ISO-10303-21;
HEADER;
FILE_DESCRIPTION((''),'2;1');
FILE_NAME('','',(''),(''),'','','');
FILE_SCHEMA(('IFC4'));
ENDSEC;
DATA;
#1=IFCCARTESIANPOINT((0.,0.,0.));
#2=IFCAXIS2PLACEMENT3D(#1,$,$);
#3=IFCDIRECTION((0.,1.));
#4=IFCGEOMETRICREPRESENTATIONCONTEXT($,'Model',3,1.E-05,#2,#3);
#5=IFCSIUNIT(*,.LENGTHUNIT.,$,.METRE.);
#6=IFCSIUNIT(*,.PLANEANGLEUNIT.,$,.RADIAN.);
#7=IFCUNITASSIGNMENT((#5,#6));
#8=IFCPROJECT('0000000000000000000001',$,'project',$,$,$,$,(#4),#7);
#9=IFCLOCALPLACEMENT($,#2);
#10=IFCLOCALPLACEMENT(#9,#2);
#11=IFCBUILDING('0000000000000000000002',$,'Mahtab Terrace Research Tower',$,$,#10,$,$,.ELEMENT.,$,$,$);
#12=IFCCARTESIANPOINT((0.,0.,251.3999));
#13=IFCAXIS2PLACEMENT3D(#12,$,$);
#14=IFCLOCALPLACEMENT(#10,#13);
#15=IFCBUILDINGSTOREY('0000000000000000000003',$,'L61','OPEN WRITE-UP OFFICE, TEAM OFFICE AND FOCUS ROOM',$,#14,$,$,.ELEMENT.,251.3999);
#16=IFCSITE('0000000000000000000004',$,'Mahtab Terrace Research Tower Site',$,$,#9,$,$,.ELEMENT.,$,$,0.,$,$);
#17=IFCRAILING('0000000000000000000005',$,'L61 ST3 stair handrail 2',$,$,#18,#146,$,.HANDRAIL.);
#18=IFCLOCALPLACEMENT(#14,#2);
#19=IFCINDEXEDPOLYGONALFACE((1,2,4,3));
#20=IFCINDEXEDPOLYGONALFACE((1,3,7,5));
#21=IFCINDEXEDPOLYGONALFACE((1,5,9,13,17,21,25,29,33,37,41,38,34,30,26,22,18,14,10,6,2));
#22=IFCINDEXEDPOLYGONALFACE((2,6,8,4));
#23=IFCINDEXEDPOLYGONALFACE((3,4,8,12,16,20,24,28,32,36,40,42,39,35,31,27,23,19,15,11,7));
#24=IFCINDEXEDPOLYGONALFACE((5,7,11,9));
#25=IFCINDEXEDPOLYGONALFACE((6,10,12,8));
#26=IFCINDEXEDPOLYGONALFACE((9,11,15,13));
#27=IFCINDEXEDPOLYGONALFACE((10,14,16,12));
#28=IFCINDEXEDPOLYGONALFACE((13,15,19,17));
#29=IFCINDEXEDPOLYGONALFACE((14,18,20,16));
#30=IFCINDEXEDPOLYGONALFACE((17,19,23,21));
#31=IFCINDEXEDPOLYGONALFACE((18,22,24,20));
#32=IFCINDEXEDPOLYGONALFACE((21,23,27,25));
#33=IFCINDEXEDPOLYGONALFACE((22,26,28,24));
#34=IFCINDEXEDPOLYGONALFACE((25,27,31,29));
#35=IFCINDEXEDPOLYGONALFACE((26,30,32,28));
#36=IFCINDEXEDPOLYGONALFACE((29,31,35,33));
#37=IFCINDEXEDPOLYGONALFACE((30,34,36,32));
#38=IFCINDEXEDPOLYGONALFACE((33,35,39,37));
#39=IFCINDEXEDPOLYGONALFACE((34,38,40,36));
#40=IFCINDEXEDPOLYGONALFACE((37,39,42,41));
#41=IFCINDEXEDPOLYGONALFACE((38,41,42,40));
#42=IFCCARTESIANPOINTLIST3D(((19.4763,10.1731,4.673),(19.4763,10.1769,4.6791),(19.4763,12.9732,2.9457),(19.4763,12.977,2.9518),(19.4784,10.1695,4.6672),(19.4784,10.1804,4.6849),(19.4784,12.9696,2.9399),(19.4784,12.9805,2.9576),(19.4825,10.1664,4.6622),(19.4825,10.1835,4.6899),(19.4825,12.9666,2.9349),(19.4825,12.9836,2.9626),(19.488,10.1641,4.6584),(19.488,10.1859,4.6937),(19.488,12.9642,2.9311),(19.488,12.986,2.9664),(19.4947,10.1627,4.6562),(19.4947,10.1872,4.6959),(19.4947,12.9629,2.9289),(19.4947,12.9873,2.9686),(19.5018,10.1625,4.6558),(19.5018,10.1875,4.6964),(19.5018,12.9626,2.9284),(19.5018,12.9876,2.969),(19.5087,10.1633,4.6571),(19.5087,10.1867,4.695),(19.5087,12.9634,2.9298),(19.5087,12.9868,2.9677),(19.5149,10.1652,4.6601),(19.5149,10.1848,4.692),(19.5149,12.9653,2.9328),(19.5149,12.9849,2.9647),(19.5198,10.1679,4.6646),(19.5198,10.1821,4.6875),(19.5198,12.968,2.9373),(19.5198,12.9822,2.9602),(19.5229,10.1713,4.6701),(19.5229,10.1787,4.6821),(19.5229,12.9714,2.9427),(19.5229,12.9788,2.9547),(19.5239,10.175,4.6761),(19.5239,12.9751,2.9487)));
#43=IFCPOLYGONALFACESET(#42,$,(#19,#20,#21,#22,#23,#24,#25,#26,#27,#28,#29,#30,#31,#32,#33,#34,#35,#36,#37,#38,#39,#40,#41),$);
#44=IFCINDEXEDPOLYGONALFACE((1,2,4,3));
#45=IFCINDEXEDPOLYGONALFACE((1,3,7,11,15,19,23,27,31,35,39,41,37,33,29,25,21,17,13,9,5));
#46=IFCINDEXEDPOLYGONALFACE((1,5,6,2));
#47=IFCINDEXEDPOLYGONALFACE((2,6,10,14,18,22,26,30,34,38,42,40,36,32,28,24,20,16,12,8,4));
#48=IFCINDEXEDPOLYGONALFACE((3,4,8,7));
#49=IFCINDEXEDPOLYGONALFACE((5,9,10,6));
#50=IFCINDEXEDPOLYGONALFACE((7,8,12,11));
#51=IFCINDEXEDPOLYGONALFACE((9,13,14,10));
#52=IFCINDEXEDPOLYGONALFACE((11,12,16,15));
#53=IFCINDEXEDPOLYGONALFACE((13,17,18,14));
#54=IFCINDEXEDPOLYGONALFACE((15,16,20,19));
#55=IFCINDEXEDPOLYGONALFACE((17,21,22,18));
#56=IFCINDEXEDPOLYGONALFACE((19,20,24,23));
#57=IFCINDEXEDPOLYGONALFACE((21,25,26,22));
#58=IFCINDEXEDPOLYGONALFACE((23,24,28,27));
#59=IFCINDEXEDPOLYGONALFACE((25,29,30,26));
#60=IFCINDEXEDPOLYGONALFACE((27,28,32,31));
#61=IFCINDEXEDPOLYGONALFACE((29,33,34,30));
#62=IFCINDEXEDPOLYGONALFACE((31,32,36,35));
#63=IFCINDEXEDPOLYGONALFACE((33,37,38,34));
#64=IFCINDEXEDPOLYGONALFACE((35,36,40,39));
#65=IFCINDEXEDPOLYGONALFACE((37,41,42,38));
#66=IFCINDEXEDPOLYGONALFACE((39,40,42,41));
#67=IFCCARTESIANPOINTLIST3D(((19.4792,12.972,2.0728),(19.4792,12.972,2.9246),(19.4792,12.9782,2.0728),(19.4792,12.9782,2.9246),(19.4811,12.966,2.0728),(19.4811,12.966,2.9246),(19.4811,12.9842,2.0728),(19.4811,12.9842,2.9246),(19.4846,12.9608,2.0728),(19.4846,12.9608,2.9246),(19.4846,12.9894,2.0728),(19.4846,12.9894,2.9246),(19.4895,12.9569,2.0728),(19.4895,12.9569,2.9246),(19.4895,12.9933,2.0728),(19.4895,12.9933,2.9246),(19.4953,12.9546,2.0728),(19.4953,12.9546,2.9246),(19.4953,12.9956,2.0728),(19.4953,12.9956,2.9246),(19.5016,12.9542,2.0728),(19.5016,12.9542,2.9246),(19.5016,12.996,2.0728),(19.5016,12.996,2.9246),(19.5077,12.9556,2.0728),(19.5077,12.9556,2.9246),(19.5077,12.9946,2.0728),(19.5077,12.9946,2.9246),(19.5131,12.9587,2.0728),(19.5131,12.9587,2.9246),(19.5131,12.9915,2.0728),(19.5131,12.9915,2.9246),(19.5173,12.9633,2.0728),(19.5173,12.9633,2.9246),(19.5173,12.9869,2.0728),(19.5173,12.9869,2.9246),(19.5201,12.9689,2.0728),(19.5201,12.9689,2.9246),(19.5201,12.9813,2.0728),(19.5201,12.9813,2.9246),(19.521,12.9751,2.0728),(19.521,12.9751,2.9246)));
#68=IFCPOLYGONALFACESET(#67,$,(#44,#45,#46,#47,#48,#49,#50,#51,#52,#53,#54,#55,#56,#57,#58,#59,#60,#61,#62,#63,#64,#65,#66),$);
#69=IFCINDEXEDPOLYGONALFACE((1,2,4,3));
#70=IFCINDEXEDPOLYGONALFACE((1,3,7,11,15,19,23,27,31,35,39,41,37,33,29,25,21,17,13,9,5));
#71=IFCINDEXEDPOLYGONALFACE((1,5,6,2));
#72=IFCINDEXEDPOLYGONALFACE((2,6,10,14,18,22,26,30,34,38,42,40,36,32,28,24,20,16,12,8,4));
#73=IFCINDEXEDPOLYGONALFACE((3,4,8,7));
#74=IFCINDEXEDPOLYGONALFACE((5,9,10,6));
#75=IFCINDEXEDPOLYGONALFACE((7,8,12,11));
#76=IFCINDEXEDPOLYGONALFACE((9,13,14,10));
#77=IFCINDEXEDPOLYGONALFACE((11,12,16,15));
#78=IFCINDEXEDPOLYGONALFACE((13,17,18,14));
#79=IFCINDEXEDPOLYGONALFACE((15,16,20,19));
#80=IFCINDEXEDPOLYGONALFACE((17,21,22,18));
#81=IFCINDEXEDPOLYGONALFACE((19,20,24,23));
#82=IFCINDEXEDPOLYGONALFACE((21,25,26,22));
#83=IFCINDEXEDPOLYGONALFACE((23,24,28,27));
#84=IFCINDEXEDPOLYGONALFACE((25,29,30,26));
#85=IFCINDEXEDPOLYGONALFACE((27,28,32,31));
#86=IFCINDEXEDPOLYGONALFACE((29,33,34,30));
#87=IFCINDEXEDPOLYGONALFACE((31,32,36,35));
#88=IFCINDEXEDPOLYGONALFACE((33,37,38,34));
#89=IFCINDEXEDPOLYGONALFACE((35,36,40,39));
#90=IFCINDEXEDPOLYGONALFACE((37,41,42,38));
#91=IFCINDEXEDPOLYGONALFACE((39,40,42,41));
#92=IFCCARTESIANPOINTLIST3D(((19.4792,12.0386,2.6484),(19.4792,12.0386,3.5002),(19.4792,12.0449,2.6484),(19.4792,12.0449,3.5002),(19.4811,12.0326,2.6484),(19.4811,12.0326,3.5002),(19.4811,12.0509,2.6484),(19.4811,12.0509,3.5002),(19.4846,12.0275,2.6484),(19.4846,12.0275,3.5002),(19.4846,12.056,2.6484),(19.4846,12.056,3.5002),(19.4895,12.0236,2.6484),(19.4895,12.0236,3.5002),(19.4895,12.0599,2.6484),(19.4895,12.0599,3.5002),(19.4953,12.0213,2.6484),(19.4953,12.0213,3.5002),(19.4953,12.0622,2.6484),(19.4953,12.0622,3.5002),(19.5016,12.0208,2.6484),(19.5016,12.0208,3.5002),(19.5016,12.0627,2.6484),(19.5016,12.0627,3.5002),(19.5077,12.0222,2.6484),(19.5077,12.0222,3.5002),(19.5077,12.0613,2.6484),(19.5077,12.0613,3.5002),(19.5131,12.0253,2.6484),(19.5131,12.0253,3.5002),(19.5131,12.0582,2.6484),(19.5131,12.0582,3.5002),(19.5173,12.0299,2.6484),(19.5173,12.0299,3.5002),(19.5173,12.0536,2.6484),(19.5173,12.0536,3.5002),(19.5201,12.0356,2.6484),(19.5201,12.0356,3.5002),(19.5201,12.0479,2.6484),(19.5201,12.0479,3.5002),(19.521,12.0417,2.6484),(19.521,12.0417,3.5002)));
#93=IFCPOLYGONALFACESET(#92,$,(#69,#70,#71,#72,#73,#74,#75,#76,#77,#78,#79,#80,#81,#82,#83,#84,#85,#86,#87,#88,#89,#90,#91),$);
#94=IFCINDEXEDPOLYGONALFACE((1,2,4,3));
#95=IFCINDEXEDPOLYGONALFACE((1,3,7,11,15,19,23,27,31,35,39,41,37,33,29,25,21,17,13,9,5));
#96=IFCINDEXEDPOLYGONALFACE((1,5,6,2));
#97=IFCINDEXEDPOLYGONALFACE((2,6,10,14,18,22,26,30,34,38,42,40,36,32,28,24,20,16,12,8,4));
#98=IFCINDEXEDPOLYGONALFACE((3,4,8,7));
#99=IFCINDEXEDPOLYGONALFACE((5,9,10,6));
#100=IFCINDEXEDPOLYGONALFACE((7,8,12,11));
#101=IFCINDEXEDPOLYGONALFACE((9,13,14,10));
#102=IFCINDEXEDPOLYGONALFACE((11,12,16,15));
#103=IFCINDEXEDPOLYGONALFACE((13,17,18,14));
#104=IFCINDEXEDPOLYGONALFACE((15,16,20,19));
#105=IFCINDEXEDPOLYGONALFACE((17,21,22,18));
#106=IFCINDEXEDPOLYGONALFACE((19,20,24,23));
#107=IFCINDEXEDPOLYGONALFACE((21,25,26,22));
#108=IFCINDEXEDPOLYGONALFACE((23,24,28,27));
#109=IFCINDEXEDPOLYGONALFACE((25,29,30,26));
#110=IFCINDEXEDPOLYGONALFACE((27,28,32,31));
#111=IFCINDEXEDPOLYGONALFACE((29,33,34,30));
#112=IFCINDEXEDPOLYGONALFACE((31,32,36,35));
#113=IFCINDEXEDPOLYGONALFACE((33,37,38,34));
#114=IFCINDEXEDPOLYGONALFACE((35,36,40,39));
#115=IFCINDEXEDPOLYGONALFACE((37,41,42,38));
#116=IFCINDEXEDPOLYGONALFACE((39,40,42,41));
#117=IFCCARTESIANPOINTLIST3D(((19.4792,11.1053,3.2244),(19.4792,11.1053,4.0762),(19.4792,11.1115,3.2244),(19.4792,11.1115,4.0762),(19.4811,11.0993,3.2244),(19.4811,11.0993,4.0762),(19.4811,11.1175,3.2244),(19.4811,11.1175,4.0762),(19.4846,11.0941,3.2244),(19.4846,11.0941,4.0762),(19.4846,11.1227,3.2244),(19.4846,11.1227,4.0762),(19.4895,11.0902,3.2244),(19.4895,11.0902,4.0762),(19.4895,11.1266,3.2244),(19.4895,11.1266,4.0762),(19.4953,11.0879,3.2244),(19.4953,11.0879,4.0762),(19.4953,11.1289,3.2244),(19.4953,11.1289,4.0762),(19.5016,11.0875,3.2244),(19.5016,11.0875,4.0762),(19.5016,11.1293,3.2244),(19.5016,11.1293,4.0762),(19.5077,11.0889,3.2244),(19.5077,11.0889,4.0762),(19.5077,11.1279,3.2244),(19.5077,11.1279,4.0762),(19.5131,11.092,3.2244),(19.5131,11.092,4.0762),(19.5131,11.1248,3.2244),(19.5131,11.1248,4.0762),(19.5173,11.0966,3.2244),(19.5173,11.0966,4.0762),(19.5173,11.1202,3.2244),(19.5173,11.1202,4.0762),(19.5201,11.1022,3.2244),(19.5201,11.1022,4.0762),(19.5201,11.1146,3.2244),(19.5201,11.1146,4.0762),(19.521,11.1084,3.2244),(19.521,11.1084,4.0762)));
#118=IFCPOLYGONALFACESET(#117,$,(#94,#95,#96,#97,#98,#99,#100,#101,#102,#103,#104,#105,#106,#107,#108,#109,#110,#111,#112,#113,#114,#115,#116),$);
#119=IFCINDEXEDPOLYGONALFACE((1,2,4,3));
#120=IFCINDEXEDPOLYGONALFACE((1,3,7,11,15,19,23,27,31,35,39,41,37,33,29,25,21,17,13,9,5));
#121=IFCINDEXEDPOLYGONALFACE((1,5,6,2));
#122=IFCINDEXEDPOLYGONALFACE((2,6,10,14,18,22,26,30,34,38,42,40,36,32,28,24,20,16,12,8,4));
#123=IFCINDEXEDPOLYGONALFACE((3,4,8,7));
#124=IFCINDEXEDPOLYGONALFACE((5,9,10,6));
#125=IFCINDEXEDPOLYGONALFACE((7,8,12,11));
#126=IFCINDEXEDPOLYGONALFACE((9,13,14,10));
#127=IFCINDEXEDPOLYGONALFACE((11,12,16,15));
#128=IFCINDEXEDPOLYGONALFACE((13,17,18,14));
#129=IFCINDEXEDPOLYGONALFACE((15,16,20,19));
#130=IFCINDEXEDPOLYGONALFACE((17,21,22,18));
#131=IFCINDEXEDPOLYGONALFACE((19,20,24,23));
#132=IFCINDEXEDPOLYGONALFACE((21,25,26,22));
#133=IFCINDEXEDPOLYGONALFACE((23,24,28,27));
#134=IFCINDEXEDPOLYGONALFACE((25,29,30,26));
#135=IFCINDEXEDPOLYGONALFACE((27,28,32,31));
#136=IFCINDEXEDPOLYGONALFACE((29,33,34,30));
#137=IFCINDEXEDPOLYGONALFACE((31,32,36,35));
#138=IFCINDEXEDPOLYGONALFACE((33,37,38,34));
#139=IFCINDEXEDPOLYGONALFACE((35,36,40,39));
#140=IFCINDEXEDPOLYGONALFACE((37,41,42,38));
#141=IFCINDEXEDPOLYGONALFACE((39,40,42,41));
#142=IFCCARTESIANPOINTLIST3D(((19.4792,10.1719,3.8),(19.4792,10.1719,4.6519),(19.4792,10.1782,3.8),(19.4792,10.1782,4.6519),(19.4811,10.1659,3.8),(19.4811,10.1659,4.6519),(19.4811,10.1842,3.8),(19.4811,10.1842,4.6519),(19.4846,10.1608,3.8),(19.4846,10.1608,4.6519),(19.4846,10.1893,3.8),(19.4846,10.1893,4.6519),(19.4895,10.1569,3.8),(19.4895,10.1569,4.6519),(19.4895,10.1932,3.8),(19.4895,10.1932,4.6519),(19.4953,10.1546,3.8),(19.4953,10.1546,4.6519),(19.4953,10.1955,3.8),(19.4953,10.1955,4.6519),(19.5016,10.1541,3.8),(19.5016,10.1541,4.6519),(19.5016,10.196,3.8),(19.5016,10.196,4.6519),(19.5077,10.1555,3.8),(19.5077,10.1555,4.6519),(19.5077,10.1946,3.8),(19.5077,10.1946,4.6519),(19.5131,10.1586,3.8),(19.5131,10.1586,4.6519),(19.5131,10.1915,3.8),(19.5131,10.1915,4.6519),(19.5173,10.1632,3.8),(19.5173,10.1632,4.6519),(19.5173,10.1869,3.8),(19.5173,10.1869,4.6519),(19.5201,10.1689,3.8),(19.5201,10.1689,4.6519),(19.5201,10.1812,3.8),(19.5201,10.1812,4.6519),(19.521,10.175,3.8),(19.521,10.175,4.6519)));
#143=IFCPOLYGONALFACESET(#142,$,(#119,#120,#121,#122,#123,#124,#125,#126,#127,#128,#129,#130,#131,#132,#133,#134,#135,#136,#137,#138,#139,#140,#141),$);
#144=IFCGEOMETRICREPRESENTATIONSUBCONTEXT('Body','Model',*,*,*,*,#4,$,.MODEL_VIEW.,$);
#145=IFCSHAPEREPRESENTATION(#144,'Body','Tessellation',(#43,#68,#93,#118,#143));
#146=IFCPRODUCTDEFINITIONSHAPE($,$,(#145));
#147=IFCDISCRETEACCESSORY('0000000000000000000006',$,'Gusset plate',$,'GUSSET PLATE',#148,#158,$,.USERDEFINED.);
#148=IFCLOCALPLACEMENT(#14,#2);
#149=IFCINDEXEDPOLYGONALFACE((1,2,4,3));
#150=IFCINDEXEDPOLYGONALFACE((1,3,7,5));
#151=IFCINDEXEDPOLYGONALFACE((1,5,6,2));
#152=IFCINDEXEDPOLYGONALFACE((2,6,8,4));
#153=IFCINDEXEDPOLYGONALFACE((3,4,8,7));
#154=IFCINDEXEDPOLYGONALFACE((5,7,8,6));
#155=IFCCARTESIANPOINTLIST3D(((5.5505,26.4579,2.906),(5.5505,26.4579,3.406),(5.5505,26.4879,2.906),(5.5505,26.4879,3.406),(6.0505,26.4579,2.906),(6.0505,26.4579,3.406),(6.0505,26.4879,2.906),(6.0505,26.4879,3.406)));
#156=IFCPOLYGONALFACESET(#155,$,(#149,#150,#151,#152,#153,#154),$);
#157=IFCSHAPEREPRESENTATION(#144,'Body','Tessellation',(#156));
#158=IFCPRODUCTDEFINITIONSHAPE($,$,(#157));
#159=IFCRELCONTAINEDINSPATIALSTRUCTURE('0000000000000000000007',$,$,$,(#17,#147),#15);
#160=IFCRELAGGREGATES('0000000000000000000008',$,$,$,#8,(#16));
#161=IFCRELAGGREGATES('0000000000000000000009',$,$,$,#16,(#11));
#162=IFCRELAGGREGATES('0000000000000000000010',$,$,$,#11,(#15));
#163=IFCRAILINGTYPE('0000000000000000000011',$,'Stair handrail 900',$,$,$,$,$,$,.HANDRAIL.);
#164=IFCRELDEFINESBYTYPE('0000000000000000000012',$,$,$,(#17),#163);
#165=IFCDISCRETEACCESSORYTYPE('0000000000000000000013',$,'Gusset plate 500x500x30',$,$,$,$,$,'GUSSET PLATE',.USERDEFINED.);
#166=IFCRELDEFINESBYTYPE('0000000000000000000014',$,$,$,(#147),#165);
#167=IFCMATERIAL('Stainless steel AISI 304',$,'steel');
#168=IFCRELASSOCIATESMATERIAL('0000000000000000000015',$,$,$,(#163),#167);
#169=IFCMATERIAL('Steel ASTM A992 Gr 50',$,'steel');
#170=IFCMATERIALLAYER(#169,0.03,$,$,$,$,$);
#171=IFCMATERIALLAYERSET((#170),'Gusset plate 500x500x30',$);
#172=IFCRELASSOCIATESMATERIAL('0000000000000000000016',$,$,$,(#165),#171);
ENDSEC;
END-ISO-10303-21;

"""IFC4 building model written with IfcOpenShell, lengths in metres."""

from ifc_helpers import new_model, si_unit, direction, frame, origin, origin_2d, place, context, subcontext, project, spatial, rectangle, circle, extrude, material, layer, layer_set, type_object, element, save


model = new_model("IFC4")

# Units and contexts
model_context = context("Model", 3, precision=1e-05, world=origin(), true_north=direction((0.0, 1.0)))
body_context = subcontext(model_context, "Body", "Model", "MODEL_VIEW")
ifc_project = project(units=[si_unit("LENGTHUNIT", "METRE"), si_unit("PLANEANGLEUNIT", "RADIAN")], contexts=[model_context])

# Site, building, storey
site_placement = place(None, origin())
site = spatial("IfcSite", under=ifc_project, at=site_placement, Name="Mahtab Terrace Research Tower Site", CompositionType="ELEMENT", RefElevation=0.0)
building_placement = place(site_placement, origin())
building = spatial("IfcBuilding", under=site, at=building_placement, Name="Mahtab Terrace Research Tower", CompositionType="ELEMENT")
storey_placement = place(building_placement, frame((0.0, 0.0, 251.3999)))
storey = spatial("IfcBuildingStorey", under=building, at=storey_placement, Name="L61", Description="OPEN WRITE-UP OFFICE, TEAM OFFICE AND FOCUS ROOM", CompositionType="ELEMENT", Elevation=251.3999)

# Shared definitions
ifc_material_1 = material(Name="Steel ASTM A992 Gr 50", Category="steel")

# Shared definitions
ifc_material_2 = material(Name="Stainless steel AISI 304", Category="steel")

# Railing
railing_type_1 = type_object("IfcRailingType", Name="Stair handrail 900", PredefinedType="HANDRAIL", material=ifc_material_2)
railing_1_placement = place(storey_placement, frame((19.5, 12.9751, 2.0728)))
element("IfcRailing", 1, at=railing_1_placement, inside=storey, type_object=railing_type_1, Name="L61 ST3 stair handrail 2", PredefinedType="HANDRAIL", context=body_context, shape_type="SweptSolid", body=[
    extrude(circle(Radius=0.0239, at=origin_2d()), frame((0.0, 0.0, 0.876), z_axis=(0.0, -0.85109, 0.52502), x_axis=(1.0, 0.0, 0.0)), (0.0, 0.0, 1.0), 3.29),
    extrude(circle(Radius=0.021, at=origin_2d()), origin(), (0.0, 0.0, 1.0), 0.8518),
    extrude(circle(Radius=0.021, at=origin_2d()), frame((0.0, -0.9333, 0.5757)), (0.0, 0.0, 1.0), 0.8518),
    extrude(circle(Radius=0.021, at=origin_2d()), frame((0.0, -1.8667, 1.1516)), (0.0, 0.0, 1.0), 0.8518),
    extrude(circle(Radius=0.021, at=origin_2d()), frame((0.0, -2.8, 1.7273)), (0.0, 0.0, 1.0), 0.8518),
])

# Discrete accessory
ifc_layer_1 = layer(ifc_material_1, 0.03)
ifc_layer_set_1 = layer_set([ifc_layer_1], Name="Gusset plate 500x500x30")
discrete_accessory_type = type_object("IfcDiscreteAccessoryType", Name="Gusset plate 500x500x30", ElementType="GUSSET PLATE", PredefinedType="USERDEFINED", material=ifc_layer_set_1)
discrete_accessory_placement = place(storey_placement, frame((5.8005, 26.4729, 2.906), z_axis=(0.0, 0.0, 1.0), x_axis=(1.0, 0.0, 0.0)))
element("IfcDiscreteAccessory", 2, at=discrete_accessory_placement, inside=storey, type_object=discrete_accessory_type, Name="Gusset plate", ObjectType="GUSSET PLATE", PredefinedType="USERDEFINED", context=body_context, shape_type="SweptSolid", body=[
    extrude(rectangle(XDim=0.5, YDim=0.03, at=origin_2d()), origin(), (0.0, 0.0, 1.0), 0.5),
])

save(model, "model.ifc")
